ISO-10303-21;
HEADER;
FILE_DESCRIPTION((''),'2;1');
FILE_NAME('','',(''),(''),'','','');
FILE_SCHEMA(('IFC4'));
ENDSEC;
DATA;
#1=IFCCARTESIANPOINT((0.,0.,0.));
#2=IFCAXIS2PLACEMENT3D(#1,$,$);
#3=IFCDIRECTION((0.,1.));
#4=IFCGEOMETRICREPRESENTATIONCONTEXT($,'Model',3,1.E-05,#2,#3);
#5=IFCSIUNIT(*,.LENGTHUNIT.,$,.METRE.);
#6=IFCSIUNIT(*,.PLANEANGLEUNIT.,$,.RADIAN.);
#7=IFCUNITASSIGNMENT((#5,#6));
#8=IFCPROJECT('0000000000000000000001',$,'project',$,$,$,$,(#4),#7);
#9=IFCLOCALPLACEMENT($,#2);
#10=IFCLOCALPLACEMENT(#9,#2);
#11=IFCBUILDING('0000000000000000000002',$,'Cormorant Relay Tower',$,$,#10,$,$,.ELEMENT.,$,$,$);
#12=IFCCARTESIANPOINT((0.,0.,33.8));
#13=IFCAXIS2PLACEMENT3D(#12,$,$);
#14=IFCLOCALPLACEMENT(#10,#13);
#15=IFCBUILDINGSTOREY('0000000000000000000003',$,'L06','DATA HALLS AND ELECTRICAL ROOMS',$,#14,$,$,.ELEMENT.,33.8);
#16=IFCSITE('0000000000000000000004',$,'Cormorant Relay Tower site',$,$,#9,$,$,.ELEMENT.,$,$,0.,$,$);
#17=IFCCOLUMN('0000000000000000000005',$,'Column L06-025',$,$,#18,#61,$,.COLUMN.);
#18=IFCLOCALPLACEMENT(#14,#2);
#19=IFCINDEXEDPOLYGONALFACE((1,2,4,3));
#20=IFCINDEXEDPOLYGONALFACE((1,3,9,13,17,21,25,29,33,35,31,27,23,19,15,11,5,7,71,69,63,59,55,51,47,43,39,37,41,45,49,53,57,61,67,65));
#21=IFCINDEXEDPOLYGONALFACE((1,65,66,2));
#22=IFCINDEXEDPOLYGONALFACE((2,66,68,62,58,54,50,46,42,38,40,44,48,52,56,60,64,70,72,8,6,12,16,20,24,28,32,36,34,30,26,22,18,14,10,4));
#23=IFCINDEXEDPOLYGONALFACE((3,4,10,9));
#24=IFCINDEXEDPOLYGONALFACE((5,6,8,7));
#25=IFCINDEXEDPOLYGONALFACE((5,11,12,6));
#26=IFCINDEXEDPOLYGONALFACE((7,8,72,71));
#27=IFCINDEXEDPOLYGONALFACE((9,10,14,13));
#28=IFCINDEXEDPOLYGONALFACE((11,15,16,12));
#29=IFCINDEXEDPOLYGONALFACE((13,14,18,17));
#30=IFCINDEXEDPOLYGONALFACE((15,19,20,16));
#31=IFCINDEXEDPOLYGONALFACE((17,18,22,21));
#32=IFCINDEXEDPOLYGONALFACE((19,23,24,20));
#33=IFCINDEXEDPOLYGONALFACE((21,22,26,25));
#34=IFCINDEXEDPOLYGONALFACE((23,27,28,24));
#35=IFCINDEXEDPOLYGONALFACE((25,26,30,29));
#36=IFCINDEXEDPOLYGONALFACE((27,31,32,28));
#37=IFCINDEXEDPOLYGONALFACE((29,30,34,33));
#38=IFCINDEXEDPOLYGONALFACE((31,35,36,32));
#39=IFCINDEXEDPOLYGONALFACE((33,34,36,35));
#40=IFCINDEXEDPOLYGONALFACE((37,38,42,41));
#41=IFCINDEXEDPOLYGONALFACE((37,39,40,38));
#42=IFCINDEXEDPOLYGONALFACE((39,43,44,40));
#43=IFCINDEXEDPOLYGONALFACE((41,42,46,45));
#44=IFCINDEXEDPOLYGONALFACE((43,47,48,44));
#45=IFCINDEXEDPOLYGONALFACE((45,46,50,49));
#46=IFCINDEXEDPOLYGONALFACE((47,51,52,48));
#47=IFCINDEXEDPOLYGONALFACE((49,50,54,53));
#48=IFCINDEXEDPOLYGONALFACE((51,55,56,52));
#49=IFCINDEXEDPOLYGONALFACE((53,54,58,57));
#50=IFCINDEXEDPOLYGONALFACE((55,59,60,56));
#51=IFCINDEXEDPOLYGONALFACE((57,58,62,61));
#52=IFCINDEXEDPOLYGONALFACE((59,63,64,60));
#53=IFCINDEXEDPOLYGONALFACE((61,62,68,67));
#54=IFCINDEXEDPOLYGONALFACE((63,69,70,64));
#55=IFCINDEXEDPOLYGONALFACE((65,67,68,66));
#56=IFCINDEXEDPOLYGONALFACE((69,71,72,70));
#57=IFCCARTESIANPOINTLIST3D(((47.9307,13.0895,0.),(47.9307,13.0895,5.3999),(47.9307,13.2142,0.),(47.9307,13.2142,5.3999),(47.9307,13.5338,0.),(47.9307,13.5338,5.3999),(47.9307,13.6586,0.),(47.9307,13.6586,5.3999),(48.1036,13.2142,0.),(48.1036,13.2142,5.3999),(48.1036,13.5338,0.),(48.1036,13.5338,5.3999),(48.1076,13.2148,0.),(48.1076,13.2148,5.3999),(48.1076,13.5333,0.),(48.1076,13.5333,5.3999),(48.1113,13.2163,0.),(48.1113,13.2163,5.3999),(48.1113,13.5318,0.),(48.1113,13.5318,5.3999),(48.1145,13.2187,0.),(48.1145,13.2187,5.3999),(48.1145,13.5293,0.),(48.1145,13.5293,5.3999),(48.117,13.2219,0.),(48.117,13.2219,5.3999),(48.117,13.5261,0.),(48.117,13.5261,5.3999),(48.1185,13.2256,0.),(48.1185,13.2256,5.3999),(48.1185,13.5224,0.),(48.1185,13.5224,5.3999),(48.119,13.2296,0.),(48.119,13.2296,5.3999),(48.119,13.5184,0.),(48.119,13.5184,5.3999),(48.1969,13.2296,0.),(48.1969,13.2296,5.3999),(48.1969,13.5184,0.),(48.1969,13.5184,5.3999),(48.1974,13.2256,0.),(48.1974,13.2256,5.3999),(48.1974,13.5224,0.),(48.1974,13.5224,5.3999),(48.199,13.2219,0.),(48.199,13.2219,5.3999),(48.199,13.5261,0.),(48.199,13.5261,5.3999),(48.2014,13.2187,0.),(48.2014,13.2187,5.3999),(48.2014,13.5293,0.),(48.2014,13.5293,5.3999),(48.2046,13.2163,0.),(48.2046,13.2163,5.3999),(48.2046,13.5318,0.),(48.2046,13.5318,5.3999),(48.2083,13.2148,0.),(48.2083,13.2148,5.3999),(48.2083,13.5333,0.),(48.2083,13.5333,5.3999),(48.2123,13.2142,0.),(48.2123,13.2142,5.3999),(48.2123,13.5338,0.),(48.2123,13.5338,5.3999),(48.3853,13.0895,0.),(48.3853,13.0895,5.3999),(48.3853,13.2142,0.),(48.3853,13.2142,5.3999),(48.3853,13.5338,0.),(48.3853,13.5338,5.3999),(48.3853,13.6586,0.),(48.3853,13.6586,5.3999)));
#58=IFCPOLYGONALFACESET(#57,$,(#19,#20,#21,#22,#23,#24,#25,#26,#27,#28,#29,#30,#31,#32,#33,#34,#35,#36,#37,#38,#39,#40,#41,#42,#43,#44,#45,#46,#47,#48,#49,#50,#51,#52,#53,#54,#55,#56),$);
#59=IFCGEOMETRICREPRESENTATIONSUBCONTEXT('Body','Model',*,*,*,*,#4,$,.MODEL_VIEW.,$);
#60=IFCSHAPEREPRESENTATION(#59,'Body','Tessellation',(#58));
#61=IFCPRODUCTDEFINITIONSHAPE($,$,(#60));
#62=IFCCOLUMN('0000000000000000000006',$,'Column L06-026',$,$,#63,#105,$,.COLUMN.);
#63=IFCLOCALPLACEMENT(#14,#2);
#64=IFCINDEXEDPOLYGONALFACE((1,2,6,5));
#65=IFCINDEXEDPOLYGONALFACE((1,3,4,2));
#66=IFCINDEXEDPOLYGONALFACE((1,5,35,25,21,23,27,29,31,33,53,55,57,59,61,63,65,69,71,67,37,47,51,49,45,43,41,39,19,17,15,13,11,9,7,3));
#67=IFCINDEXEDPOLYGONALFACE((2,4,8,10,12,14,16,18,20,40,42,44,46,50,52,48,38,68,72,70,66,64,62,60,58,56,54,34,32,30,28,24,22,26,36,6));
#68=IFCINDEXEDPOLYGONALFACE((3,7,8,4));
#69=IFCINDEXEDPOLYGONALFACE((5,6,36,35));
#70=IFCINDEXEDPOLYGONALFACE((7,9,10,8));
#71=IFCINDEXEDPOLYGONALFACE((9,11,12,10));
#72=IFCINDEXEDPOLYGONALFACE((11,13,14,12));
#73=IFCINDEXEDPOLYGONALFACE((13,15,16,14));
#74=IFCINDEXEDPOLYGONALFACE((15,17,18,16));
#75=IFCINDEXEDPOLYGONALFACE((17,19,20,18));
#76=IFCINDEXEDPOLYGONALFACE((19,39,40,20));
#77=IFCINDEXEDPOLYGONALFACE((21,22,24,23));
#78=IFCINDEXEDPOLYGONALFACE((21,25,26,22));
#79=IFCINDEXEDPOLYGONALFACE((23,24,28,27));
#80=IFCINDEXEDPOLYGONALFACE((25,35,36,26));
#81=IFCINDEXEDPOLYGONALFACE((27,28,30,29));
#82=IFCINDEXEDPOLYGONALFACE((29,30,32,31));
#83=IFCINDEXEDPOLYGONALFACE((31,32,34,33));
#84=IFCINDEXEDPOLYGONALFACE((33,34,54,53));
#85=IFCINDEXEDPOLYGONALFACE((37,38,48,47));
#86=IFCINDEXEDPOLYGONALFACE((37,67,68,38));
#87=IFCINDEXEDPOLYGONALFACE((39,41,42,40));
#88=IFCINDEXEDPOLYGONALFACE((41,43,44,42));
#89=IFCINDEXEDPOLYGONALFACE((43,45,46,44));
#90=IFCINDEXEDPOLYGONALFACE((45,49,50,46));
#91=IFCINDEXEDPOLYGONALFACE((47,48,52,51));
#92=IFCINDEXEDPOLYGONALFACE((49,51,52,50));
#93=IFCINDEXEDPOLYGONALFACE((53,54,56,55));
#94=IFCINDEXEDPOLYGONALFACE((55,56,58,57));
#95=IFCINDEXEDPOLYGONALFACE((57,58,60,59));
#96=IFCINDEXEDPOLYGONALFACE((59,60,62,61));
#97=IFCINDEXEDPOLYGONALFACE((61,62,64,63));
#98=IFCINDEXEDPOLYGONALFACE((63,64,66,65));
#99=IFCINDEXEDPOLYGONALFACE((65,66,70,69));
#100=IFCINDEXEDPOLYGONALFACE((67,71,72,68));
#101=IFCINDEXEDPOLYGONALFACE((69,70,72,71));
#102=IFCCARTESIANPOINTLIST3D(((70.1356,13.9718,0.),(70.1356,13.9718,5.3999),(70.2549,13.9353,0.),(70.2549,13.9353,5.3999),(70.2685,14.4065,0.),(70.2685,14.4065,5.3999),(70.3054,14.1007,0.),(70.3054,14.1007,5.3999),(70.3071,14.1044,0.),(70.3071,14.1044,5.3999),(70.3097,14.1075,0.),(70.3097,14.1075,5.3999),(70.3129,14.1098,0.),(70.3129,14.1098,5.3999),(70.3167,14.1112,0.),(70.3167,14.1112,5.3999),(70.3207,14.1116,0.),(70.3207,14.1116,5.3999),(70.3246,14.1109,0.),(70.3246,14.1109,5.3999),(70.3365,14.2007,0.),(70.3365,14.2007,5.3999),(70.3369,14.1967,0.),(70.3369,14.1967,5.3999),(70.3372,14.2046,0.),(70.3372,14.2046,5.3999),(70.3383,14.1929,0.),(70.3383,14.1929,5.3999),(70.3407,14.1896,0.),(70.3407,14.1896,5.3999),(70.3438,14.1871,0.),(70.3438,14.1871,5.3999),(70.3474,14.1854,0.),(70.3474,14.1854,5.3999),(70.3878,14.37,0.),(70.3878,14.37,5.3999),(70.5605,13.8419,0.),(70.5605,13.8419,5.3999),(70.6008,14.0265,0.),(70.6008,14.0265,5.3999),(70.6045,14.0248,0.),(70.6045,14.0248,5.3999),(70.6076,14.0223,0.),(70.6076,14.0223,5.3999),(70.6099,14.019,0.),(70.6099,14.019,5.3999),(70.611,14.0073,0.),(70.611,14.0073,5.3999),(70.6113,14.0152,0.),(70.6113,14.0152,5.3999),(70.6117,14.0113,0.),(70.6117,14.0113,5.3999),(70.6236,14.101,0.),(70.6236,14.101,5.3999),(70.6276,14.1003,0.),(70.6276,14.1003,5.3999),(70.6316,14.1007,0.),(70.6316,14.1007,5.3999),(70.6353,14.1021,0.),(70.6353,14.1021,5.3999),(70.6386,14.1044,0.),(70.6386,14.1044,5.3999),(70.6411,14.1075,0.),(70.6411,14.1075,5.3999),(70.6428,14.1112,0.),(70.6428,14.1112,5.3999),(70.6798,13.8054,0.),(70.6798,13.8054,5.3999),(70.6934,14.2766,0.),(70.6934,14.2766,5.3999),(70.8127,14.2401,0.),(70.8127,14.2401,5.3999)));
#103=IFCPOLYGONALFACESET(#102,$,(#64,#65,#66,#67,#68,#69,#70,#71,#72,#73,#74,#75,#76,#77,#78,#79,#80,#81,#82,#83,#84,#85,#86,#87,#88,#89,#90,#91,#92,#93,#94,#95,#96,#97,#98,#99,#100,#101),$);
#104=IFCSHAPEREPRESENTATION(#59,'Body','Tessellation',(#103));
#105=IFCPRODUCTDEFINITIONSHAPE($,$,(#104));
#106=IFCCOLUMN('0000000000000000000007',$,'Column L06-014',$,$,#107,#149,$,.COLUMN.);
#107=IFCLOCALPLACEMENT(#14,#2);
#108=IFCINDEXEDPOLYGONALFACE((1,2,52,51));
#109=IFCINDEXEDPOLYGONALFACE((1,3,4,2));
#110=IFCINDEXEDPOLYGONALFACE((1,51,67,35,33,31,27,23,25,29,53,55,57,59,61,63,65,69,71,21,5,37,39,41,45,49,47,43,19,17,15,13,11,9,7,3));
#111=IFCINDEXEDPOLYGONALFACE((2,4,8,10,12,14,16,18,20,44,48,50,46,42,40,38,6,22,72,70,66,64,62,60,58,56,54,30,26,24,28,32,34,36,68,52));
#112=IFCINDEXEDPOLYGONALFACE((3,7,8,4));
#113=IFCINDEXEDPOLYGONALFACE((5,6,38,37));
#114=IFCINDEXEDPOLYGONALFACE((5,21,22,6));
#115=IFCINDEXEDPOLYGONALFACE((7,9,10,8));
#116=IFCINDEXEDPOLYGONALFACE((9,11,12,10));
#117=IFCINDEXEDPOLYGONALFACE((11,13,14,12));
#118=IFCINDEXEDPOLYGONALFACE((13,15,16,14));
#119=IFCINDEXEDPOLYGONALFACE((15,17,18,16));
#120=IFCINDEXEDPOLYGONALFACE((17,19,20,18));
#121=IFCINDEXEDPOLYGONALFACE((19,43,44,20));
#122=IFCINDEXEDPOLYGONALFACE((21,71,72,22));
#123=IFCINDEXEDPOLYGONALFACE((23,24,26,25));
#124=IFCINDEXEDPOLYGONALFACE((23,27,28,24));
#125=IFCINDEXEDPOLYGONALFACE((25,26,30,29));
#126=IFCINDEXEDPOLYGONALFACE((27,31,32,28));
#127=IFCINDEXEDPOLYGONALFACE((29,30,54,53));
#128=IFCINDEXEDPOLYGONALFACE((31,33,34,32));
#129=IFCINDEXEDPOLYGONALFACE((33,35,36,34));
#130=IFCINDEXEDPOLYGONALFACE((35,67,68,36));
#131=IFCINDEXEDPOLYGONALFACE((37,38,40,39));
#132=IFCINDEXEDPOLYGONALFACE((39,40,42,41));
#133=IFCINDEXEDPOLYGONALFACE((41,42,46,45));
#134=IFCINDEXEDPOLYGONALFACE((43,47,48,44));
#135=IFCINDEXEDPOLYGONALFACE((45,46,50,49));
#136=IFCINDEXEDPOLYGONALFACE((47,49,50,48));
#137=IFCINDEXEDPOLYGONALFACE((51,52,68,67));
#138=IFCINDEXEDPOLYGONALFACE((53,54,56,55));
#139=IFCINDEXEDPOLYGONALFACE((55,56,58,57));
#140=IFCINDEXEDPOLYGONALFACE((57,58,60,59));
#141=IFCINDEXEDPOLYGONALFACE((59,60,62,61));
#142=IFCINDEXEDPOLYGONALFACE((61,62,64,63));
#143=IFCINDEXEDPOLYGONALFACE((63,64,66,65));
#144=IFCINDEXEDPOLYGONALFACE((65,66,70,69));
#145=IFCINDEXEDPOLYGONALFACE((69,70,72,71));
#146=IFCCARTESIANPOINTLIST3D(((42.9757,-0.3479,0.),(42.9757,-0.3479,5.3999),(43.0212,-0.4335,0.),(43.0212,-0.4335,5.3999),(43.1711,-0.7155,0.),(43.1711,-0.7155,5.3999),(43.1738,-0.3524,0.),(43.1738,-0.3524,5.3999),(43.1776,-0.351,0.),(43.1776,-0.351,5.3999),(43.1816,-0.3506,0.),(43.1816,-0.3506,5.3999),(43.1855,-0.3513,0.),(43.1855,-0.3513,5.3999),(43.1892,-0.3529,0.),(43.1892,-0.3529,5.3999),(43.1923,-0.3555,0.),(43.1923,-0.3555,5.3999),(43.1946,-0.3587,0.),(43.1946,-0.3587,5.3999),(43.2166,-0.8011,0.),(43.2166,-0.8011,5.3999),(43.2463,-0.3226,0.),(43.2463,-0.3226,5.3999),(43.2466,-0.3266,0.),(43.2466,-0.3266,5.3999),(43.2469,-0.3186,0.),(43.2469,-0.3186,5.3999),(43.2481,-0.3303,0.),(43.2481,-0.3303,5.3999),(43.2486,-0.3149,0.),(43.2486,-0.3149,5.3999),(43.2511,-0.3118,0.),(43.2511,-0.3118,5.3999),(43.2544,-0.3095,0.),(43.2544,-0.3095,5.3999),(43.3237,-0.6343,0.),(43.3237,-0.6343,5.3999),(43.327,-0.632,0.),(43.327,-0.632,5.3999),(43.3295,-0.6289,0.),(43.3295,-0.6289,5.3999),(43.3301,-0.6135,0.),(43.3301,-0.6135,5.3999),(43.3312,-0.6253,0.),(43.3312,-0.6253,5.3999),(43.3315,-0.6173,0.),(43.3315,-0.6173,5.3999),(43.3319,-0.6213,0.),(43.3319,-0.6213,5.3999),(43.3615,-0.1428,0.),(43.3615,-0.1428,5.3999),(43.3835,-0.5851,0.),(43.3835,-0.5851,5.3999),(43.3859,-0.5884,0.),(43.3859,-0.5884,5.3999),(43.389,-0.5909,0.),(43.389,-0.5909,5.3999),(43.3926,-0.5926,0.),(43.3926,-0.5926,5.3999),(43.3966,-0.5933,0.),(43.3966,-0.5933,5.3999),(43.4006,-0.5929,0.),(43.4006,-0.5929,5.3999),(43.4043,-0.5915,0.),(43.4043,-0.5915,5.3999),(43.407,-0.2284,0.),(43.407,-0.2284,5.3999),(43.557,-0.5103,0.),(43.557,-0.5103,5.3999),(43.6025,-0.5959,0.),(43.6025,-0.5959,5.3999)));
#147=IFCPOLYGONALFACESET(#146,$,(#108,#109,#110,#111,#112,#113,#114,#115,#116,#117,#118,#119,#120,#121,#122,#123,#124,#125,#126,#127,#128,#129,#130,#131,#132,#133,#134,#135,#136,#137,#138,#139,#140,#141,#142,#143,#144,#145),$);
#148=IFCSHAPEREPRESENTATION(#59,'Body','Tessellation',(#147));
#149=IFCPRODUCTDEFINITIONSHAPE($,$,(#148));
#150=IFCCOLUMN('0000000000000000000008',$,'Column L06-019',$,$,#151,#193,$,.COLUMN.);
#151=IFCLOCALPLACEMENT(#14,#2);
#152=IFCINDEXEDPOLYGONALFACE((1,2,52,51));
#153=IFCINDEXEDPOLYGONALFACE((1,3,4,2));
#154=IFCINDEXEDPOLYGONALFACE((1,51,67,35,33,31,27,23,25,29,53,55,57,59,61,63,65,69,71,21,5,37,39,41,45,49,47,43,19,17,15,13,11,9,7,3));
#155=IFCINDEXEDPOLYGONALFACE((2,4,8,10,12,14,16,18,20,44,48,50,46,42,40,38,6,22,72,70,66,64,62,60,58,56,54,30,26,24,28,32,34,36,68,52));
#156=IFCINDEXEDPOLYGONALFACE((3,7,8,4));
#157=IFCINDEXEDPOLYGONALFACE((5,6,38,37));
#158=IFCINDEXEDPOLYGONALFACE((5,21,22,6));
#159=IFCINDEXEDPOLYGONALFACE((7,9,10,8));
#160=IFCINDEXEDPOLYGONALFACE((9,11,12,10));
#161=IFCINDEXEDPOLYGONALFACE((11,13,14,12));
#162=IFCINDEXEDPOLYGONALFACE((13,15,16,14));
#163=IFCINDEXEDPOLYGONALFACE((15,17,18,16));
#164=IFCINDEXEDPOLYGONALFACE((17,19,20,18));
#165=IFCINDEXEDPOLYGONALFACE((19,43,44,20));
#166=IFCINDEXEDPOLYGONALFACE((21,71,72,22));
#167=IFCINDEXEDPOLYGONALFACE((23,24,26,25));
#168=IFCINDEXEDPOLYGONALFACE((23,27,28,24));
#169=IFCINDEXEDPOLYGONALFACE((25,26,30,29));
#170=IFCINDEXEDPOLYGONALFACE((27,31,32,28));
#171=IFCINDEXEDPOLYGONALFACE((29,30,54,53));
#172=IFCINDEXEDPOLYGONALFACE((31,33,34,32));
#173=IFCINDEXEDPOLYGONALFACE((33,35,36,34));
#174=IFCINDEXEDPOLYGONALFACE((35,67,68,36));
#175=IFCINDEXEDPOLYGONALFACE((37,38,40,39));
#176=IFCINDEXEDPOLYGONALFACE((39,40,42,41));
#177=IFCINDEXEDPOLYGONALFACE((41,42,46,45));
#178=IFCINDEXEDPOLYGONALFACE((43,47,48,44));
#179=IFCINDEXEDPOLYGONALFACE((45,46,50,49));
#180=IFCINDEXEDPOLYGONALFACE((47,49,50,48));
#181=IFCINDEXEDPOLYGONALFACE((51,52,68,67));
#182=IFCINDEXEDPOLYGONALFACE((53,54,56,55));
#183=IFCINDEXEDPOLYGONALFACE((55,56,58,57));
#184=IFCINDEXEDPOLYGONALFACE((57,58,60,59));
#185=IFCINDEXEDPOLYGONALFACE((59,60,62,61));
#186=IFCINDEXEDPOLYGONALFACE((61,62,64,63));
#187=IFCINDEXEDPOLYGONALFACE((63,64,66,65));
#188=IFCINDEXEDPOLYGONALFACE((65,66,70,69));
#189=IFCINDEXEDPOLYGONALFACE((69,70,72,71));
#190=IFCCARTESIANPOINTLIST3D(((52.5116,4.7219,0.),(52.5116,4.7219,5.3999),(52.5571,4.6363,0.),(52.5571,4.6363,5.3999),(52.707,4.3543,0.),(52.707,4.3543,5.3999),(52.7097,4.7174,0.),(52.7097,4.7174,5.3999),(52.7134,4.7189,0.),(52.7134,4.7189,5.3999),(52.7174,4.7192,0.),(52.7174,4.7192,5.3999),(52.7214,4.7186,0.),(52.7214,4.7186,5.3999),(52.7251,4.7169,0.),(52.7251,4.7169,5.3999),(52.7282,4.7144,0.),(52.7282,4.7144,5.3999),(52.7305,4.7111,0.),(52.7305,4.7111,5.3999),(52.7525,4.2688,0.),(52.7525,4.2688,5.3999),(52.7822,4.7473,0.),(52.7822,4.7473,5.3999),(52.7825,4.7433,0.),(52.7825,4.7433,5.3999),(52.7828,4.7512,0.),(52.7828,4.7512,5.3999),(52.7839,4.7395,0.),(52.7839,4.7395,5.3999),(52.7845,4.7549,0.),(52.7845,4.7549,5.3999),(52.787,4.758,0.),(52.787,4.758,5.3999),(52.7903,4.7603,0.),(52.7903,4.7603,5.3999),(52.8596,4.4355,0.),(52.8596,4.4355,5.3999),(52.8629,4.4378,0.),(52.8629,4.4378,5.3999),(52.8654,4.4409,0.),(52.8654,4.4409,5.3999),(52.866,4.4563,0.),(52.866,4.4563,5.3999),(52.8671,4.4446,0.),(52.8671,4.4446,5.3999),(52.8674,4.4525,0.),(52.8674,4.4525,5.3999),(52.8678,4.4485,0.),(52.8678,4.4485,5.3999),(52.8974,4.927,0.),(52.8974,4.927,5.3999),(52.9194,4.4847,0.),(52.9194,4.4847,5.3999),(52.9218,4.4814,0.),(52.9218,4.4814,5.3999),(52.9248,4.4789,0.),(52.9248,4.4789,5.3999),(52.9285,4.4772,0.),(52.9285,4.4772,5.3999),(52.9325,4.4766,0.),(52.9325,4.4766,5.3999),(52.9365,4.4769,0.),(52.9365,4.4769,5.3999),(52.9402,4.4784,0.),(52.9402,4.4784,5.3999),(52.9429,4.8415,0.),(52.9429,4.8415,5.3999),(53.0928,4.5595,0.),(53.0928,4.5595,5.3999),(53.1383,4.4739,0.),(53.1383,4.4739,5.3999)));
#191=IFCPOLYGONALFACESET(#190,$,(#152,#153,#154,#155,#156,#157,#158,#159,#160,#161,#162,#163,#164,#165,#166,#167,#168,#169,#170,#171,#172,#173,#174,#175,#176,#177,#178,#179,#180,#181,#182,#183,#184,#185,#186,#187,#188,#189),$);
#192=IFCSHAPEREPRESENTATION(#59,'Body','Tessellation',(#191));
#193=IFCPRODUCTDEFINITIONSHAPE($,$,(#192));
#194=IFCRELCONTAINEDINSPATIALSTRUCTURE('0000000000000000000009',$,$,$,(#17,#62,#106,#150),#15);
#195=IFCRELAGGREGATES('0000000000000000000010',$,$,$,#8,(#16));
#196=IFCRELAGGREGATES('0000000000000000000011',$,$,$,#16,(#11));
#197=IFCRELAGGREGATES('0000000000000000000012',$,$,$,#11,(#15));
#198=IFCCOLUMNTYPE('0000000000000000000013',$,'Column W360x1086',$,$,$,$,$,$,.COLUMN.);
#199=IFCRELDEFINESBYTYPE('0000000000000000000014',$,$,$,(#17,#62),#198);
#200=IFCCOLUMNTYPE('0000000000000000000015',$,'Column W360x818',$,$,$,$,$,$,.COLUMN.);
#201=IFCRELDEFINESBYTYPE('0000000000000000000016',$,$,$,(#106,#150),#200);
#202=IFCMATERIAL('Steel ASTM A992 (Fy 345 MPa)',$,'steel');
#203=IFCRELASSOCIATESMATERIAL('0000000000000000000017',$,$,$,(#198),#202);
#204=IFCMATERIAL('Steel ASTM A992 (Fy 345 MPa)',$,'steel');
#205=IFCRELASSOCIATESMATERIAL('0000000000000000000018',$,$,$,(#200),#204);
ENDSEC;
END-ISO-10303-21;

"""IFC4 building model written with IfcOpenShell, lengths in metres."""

from ifc_helpers import new_model, si_unit, direction, frame, origin, origin_2d, place, context, subcontext, project, spatial, i_section, extrude, material, material_profile, profile_set, type_object, element, save


model = new_model("IFC4")

# Units and contexts
model_context = context("Model", 3, precision=1e-05, world=origin(), true_north=direction((0.0, 1.0)))
body_context = subcontext(model_context, "Body", "Model", "MODEL_VIEW")
ifc_project = project(units=[si_unit("LENGTHUNIT", "METRE"), si_unit("PLANEANGLEUNIT", "RADIAN")], contexts=[model_context])

# Site, building, storey
site_placement = place(None, origin())
site = spatial("IfcSite", under=ifc_project, at=site_placement, Name="Cormorant Relay Tower site", CompositionType="ELEMENT", RefElevation=0.0)
building_placement = place(site_placement, origin())
building = spatial("IfcBuilding", under=site, at=building_placement, Name="Cormorant Relay Tower", CompositionType="ELEMENT")
storey_placement = place(building_placement, frame((0.0, 0.0, 33.8)))
storey = spatial("IfcBuildingStorey", under=building, at=storey_placement, Name="L06", Description="DATA HALLS AND ELECTRICAL ROOMS", CompositionType="ELEMENT", Elevation=33.8)

# Columns
ifc_material_1 = material(Name="Steel ASTM A992 (Fy 345 MPa)", Category="steel")
ifc_material_profile_1 = material_profile(ifc_material_1, i_section(OverallWidth=0.4546, OverallDepth=0.5691, WebThickness=0.0779, FlangeThickness=0.1248, FilletRadius=0.0154, at=origin_2d()), Name="W360x1086")
ifc_profile_set_1 = profile_set([ifc_material_profile_1], Name="Steel ASTM A992 (Fy 345 MPa)")
column_type_1 = type_object("IfcColumnType", Name="Column W360x1086", PredefinedType="COLUMN", material=ifc_profile_set_1)
for number, where, z_axis, x_axis, name in (
    (1, (48.158, 13.374, 0.0), (0.0, 0.0, 1.0), (1.0, 0.0, 0.0), "Column L06-025"),
    (2, (70.4741, 14.106, 0.0), (0.0, 0.0, 1.0), (0.292372, 0.956305, 0.0), "Column L06-026"),
):
    element("IfcColumn", number, at=place(storey_placement, frame(where, z_axis=z_axis, x_axis=x_axis)), inside=storey, type_object=column_type_1, Name=name, PredefinedType="COLUMN", context=body_context, shape_type="SweptSolid", body=[
        extrude(i_section(OverallWidth=0.4546, OverallDepth=0.5691, WebThickness=0.0779, FlangeThickness=0.1248, FilletRadius=0.0154, at=origin_2d()), origin(), (0.0, 0.0, 1.0), 5.3999),
    ])
ifc_material_2 = material(Name="Steel ASTM A992 (Fy 345 MPa)", Category="steel")
ifc_material_profile_2 = material_profile(ifc_material_2, i_section(OverallWidth=0.437, OverallDepth=0.5132, WebThickness=0.0605, FlangeThickness=0.0969, FilletRadius=0.0154, at=origin_2d()), Name="W360x818")
ifc_profile_set_2 = profile_set([ifc_material_profile_2], Name="Steel ASTM A992 (Fy 345 MPa)")
column_type_2 = type_object("IfcColumnType", Name="Column W360x818", PredefinedType="COLUMN", material=ifc_profile_set_2)
for number, where, z_axis, x_axis, name in (
    (3, (43.2891, -0.4719, 0.0), (0.0, 0.0, 1.0), (0.882948, 0.469472, 0.0), "Column L06-014"),
    (4, (52.825, 4.5979, 0.0), (0.0, 0.0, 1.0), (0.882948, 0.469472, 0.0), "Column L06-019"),
):
    element("IfcColumn", number, at=place(storey_placement, frame(where, z_axis=z_axis, x_axis=x_axis)), inside=storey, type_object=column_type_2, Name=name, PredefinedType="COLUMN", context=body_context, shape_type="SweptSolid", body=[
        extrude(i_section(OverallWidth=0.437, OverallDepth=0.5132, WebThickness=0.0605, FlangeThickness=0.0969, FilletRadius=0.0154, at=origin_2d()), origin(), (0.0, 0.0, 1.0), 5.3999),
    ])

save(model, "model.ifc")
